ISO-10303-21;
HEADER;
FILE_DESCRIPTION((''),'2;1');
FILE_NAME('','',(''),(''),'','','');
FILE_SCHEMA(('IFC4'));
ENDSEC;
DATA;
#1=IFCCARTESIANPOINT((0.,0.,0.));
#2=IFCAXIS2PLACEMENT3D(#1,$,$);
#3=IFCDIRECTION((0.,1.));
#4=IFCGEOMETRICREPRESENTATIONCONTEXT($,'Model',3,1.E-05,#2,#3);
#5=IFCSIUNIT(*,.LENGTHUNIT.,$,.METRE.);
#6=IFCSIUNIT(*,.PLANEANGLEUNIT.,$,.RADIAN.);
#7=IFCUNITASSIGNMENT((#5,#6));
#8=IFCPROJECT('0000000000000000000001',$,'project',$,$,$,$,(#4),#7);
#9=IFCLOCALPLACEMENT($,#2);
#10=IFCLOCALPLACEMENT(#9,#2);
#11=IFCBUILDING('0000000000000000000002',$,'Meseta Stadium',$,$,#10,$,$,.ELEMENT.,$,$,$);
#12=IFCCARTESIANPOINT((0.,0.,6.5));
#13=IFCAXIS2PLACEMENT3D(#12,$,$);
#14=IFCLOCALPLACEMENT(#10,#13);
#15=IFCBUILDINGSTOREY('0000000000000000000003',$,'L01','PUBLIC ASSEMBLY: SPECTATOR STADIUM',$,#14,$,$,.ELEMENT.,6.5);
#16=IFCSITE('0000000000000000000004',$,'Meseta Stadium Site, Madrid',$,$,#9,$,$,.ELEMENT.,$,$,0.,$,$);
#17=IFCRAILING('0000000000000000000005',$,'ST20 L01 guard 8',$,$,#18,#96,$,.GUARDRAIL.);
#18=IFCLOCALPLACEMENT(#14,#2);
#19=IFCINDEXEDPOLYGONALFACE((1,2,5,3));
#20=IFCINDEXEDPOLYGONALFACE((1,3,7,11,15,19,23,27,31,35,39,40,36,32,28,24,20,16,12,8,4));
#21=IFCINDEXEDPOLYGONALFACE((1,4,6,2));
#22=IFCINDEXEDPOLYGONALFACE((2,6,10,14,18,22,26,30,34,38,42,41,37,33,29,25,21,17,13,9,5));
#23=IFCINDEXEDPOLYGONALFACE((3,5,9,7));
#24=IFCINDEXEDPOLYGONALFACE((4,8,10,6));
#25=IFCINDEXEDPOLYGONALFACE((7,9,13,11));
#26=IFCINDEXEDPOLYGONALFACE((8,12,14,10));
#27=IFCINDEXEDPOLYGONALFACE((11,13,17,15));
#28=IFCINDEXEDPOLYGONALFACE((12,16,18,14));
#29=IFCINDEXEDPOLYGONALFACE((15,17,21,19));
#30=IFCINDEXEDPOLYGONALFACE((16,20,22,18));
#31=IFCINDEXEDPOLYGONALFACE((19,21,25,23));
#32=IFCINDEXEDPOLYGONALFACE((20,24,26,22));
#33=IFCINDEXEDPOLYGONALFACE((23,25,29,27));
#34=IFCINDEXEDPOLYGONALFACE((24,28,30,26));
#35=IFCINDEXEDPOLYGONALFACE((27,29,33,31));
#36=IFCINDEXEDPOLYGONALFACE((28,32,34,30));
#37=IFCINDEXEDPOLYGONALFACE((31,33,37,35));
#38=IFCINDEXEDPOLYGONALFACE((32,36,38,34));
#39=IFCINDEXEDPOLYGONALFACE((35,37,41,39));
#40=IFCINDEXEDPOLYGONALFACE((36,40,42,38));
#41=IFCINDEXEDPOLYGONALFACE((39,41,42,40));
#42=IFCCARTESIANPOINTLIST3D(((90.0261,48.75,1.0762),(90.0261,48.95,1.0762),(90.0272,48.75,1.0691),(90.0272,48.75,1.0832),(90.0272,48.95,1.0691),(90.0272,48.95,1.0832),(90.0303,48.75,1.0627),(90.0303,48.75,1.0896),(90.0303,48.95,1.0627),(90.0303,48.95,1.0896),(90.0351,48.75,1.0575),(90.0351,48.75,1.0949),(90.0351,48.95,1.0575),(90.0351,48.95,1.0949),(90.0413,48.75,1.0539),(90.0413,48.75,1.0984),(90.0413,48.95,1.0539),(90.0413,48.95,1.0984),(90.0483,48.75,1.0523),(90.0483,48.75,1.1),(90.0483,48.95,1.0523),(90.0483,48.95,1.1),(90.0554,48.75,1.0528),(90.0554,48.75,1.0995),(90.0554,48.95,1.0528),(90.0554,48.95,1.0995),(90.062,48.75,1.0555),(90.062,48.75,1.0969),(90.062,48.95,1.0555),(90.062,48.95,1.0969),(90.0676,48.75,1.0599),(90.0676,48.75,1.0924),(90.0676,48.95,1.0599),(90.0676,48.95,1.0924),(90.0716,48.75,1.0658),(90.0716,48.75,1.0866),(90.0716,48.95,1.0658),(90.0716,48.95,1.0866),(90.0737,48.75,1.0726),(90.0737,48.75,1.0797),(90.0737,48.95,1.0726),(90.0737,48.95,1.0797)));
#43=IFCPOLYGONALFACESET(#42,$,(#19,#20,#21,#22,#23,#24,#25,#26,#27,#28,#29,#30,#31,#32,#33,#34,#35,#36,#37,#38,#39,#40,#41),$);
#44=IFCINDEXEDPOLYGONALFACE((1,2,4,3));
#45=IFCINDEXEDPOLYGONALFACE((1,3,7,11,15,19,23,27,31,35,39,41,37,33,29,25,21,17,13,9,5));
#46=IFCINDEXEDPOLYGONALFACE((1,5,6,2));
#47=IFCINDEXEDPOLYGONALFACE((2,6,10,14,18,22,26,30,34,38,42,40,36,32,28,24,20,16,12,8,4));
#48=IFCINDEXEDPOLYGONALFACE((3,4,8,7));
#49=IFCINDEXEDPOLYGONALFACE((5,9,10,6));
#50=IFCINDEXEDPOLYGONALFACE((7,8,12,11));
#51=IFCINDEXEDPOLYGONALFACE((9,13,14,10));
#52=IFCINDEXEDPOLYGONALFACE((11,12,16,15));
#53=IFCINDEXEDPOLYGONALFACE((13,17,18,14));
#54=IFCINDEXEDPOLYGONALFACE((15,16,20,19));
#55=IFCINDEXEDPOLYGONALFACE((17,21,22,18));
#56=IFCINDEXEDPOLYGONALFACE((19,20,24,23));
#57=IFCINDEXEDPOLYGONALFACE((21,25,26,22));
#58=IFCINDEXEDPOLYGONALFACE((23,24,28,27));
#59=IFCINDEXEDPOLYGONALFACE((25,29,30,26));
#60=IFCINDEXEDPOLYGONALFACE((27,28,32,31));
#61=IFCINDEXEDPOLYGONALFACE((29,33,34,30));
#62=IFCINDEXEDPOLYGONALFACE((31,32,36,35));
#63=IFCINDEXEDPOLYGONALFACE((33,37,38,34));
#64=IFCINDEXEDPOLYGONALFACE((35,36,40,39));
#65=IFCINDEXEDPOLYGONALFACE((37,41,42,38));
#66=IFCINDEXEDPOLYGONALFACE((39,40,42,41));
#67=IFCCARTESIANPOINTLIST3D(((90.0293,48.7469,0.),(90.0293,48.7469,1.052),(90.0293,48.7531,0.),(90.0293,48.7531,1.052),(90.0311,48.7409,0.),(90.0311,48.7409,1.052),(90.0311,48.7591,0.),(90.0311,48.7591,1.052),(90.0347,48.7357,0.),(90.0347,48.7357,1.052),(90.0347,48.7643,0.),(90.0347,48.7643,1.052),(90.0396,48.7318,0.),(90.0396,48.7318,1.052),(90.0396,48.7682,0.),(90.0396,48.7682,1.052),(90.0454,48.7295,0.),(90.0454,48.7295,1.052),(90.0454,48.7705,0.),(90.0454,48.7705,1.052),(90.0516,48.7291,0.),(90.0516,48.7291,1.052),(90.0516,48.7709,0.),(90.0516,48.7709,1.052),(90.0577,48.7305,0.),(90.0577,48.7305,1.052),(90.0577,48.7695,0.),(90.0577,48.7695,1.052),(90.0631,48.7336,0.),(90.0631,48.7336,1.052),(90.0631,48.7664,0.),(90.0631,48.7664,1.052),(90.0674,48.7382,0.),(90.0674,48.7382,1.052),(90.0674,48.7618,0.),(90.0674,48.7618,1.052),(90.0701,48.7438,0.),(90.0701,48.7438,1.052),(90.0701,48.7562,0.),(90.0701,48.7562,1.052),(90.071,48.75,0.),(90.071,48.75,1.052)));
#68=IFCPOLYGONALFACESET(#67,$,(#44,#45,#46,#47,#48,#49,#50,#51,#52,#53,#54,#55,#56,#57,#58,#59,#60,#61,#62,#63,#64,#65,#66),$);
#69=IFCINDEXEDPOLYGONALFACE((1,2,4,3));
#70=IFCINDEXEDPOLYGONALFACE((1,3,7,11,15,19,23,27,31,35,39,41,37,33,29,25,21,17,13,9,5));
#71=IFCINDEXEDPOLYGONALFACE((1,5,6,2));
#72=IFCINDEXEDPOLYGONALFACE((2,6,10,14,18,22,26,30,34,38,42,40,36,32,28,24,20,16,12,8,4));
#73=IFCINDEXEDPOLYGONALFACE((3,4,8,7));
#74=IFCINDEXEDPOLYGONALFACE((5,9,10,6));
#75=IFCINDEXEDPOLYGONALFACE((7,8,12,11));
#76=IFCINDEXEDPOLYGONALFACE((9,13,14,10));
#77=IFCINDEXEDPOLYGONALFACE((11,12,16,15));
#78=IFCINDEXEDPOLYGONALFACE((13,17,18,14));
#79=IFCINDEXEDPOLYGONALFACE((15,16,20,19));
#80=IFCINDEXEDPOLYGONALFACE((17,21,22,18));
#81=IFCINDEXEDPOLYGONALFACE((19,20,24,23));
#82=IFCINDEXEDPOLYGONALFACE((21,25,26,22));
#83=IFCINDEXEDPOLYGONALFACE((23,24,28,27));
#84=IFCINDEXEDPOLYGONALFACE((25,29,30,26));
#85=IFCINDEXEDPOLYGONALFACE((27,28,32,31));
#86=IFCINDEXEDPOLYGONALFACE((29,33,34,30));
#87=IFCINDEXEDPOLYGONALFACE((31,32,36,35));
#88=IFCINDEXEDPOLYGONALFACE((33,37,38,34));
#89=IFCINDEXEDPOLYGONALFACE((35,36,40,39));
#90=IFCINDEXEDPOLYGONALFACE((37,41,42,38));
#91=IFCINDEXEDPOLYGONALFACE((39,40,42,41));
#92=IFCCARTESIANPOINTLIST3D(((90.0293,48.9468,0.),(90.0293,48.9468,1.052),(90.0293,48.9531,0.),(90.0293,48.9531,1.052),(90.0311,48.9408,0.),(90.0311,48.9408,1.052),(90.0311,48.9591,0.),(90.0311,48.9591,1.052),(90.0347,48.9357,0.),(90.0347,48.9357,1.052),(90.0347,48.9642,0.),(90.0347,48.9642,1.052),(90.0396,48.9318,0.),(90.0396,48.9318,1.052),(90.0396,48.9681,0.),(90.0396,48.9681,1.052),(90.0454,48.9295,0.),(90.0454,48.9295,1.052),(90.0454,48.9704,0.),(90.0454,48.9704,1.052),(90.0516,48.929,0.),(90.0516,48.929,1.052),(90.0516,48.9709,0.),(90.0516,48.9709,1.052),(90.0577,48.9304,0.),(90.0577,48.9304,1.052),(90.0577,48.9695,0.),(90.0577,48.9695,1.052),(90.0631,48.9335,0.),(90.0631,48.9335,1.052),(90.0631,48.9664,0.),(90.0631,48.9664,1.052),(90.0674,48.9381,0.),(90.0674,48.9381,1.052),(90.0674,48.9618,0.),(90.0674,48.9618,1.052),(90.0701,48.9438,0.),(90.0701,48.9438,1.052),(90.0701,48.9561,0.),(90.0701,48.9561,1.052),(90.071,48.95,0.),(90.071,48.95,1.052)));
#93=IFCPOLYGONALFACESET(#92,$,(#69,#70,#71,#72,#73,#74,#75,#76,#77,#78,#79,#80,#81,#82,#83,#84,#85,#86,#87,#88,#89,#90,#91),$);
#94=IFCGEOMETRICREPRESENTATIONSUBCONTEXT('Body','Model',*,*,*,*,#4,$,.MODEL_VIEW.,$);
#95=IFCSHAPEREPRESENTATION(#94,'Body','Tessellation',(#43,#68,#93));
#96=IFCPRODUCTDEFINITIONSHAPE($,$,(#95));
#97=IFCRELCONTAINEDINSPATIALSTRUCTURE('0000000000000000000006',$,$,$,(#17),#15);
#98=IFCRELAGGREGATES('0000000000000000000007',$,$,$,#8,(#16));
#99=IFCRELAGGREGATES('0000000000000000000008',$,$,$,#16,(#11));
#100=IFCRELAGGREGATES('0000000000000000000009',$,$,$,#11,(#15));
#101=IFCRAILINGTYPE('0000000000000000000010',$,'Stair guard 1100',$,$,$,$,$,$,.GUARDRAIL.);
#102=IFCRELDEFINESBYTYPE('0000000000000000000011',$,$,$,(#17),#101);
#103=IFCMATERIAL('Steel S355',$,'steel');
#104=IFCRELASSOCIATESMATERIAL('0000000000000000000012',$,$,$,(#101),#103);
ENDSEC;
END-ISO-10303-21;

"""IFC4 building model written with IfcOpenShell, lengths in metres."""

from ifc_helpers import new_model, si_unit, direction, frame, origin, origin_2d, place, context, subcontext, project, spatial, circle, extrude, material, type_object, element, save


model = new_model("IFC4")

# Units and contexts
model_context = context("Model", 3, precision=1e-05, world=origin(), true_north=direction((0.0, 1.0)))
body_context = subcontext(model_context, "Body", "Model", "MODEL_VIEW")
ifc_project = project(units=[si_unit("LENGTHUNIT", "METRE"), si_unit("PLANEANGLEUNIT", "RADIAN")], contexts=[model_context])

# Site, building, storey
site_placement = place(None, origin())
site = spatial("IfcSite", under=ifc_project, at=site_placement, Name="Meseta Stadium Site, Madrid", CompositionType="ELEMENT", RefElevation=0.0)
building_placement = place(site_placement, origin())
building = spatial("IfcBuilding", under=site, at=building_placement, Name="Meseta Stadium", CompositionType="ELEMENT")
storey_placement = place(building_placement, frame((0.0, 0.0, 6.5)))
storey = spatial("IfcBuildingStorey", under=building, at=storey_placement, Name="L01", Description="PUBLIC ASSEMBLY: SPECTATOR STADIUM", CompositionType="ELEMENT", Elevation=6.5)

# Railing
ifc_material_1 = material(Name="Steel S355", Category="steel")
railing_type = type_object("IfcRailingType", Name="Stair guard 1100", PredefinedType="GUARDRAIL", material=ifc_material_1)
railing_1_placement = place(storey_placement, frame((90.05, 48.75, 0.0)))
element("IfcRailing", 1, at=railing_1_placement, inside=storey, type_object=railing_type, Name="ST20 L01 guard 8", PredefinedType="GUARDRAIL", context=body_context, shape_type="SweptSolid", body=[
    extrude(circle(Radius=0.0239, at=origin_2d()), frame((0.0, 0.0, 1.0762), z_axis=(0.0, 1.0, 0.0), x_axis=(-1.0, 0.0, 0.0)), (0.0, 0.0, 1.0), 0.2),
    extrude(circle(Radius=0.021, at=origin_2d()), origin(), (0.0, 0.0, 1.0), 1.052),
    extrude(circle(Radius=0.021, at=origin_2d()), frame((0.0, 0.2, 0.0)), (0.0, 0.0, 1.0), 1.052),
])

save(model, "model.ifc")
